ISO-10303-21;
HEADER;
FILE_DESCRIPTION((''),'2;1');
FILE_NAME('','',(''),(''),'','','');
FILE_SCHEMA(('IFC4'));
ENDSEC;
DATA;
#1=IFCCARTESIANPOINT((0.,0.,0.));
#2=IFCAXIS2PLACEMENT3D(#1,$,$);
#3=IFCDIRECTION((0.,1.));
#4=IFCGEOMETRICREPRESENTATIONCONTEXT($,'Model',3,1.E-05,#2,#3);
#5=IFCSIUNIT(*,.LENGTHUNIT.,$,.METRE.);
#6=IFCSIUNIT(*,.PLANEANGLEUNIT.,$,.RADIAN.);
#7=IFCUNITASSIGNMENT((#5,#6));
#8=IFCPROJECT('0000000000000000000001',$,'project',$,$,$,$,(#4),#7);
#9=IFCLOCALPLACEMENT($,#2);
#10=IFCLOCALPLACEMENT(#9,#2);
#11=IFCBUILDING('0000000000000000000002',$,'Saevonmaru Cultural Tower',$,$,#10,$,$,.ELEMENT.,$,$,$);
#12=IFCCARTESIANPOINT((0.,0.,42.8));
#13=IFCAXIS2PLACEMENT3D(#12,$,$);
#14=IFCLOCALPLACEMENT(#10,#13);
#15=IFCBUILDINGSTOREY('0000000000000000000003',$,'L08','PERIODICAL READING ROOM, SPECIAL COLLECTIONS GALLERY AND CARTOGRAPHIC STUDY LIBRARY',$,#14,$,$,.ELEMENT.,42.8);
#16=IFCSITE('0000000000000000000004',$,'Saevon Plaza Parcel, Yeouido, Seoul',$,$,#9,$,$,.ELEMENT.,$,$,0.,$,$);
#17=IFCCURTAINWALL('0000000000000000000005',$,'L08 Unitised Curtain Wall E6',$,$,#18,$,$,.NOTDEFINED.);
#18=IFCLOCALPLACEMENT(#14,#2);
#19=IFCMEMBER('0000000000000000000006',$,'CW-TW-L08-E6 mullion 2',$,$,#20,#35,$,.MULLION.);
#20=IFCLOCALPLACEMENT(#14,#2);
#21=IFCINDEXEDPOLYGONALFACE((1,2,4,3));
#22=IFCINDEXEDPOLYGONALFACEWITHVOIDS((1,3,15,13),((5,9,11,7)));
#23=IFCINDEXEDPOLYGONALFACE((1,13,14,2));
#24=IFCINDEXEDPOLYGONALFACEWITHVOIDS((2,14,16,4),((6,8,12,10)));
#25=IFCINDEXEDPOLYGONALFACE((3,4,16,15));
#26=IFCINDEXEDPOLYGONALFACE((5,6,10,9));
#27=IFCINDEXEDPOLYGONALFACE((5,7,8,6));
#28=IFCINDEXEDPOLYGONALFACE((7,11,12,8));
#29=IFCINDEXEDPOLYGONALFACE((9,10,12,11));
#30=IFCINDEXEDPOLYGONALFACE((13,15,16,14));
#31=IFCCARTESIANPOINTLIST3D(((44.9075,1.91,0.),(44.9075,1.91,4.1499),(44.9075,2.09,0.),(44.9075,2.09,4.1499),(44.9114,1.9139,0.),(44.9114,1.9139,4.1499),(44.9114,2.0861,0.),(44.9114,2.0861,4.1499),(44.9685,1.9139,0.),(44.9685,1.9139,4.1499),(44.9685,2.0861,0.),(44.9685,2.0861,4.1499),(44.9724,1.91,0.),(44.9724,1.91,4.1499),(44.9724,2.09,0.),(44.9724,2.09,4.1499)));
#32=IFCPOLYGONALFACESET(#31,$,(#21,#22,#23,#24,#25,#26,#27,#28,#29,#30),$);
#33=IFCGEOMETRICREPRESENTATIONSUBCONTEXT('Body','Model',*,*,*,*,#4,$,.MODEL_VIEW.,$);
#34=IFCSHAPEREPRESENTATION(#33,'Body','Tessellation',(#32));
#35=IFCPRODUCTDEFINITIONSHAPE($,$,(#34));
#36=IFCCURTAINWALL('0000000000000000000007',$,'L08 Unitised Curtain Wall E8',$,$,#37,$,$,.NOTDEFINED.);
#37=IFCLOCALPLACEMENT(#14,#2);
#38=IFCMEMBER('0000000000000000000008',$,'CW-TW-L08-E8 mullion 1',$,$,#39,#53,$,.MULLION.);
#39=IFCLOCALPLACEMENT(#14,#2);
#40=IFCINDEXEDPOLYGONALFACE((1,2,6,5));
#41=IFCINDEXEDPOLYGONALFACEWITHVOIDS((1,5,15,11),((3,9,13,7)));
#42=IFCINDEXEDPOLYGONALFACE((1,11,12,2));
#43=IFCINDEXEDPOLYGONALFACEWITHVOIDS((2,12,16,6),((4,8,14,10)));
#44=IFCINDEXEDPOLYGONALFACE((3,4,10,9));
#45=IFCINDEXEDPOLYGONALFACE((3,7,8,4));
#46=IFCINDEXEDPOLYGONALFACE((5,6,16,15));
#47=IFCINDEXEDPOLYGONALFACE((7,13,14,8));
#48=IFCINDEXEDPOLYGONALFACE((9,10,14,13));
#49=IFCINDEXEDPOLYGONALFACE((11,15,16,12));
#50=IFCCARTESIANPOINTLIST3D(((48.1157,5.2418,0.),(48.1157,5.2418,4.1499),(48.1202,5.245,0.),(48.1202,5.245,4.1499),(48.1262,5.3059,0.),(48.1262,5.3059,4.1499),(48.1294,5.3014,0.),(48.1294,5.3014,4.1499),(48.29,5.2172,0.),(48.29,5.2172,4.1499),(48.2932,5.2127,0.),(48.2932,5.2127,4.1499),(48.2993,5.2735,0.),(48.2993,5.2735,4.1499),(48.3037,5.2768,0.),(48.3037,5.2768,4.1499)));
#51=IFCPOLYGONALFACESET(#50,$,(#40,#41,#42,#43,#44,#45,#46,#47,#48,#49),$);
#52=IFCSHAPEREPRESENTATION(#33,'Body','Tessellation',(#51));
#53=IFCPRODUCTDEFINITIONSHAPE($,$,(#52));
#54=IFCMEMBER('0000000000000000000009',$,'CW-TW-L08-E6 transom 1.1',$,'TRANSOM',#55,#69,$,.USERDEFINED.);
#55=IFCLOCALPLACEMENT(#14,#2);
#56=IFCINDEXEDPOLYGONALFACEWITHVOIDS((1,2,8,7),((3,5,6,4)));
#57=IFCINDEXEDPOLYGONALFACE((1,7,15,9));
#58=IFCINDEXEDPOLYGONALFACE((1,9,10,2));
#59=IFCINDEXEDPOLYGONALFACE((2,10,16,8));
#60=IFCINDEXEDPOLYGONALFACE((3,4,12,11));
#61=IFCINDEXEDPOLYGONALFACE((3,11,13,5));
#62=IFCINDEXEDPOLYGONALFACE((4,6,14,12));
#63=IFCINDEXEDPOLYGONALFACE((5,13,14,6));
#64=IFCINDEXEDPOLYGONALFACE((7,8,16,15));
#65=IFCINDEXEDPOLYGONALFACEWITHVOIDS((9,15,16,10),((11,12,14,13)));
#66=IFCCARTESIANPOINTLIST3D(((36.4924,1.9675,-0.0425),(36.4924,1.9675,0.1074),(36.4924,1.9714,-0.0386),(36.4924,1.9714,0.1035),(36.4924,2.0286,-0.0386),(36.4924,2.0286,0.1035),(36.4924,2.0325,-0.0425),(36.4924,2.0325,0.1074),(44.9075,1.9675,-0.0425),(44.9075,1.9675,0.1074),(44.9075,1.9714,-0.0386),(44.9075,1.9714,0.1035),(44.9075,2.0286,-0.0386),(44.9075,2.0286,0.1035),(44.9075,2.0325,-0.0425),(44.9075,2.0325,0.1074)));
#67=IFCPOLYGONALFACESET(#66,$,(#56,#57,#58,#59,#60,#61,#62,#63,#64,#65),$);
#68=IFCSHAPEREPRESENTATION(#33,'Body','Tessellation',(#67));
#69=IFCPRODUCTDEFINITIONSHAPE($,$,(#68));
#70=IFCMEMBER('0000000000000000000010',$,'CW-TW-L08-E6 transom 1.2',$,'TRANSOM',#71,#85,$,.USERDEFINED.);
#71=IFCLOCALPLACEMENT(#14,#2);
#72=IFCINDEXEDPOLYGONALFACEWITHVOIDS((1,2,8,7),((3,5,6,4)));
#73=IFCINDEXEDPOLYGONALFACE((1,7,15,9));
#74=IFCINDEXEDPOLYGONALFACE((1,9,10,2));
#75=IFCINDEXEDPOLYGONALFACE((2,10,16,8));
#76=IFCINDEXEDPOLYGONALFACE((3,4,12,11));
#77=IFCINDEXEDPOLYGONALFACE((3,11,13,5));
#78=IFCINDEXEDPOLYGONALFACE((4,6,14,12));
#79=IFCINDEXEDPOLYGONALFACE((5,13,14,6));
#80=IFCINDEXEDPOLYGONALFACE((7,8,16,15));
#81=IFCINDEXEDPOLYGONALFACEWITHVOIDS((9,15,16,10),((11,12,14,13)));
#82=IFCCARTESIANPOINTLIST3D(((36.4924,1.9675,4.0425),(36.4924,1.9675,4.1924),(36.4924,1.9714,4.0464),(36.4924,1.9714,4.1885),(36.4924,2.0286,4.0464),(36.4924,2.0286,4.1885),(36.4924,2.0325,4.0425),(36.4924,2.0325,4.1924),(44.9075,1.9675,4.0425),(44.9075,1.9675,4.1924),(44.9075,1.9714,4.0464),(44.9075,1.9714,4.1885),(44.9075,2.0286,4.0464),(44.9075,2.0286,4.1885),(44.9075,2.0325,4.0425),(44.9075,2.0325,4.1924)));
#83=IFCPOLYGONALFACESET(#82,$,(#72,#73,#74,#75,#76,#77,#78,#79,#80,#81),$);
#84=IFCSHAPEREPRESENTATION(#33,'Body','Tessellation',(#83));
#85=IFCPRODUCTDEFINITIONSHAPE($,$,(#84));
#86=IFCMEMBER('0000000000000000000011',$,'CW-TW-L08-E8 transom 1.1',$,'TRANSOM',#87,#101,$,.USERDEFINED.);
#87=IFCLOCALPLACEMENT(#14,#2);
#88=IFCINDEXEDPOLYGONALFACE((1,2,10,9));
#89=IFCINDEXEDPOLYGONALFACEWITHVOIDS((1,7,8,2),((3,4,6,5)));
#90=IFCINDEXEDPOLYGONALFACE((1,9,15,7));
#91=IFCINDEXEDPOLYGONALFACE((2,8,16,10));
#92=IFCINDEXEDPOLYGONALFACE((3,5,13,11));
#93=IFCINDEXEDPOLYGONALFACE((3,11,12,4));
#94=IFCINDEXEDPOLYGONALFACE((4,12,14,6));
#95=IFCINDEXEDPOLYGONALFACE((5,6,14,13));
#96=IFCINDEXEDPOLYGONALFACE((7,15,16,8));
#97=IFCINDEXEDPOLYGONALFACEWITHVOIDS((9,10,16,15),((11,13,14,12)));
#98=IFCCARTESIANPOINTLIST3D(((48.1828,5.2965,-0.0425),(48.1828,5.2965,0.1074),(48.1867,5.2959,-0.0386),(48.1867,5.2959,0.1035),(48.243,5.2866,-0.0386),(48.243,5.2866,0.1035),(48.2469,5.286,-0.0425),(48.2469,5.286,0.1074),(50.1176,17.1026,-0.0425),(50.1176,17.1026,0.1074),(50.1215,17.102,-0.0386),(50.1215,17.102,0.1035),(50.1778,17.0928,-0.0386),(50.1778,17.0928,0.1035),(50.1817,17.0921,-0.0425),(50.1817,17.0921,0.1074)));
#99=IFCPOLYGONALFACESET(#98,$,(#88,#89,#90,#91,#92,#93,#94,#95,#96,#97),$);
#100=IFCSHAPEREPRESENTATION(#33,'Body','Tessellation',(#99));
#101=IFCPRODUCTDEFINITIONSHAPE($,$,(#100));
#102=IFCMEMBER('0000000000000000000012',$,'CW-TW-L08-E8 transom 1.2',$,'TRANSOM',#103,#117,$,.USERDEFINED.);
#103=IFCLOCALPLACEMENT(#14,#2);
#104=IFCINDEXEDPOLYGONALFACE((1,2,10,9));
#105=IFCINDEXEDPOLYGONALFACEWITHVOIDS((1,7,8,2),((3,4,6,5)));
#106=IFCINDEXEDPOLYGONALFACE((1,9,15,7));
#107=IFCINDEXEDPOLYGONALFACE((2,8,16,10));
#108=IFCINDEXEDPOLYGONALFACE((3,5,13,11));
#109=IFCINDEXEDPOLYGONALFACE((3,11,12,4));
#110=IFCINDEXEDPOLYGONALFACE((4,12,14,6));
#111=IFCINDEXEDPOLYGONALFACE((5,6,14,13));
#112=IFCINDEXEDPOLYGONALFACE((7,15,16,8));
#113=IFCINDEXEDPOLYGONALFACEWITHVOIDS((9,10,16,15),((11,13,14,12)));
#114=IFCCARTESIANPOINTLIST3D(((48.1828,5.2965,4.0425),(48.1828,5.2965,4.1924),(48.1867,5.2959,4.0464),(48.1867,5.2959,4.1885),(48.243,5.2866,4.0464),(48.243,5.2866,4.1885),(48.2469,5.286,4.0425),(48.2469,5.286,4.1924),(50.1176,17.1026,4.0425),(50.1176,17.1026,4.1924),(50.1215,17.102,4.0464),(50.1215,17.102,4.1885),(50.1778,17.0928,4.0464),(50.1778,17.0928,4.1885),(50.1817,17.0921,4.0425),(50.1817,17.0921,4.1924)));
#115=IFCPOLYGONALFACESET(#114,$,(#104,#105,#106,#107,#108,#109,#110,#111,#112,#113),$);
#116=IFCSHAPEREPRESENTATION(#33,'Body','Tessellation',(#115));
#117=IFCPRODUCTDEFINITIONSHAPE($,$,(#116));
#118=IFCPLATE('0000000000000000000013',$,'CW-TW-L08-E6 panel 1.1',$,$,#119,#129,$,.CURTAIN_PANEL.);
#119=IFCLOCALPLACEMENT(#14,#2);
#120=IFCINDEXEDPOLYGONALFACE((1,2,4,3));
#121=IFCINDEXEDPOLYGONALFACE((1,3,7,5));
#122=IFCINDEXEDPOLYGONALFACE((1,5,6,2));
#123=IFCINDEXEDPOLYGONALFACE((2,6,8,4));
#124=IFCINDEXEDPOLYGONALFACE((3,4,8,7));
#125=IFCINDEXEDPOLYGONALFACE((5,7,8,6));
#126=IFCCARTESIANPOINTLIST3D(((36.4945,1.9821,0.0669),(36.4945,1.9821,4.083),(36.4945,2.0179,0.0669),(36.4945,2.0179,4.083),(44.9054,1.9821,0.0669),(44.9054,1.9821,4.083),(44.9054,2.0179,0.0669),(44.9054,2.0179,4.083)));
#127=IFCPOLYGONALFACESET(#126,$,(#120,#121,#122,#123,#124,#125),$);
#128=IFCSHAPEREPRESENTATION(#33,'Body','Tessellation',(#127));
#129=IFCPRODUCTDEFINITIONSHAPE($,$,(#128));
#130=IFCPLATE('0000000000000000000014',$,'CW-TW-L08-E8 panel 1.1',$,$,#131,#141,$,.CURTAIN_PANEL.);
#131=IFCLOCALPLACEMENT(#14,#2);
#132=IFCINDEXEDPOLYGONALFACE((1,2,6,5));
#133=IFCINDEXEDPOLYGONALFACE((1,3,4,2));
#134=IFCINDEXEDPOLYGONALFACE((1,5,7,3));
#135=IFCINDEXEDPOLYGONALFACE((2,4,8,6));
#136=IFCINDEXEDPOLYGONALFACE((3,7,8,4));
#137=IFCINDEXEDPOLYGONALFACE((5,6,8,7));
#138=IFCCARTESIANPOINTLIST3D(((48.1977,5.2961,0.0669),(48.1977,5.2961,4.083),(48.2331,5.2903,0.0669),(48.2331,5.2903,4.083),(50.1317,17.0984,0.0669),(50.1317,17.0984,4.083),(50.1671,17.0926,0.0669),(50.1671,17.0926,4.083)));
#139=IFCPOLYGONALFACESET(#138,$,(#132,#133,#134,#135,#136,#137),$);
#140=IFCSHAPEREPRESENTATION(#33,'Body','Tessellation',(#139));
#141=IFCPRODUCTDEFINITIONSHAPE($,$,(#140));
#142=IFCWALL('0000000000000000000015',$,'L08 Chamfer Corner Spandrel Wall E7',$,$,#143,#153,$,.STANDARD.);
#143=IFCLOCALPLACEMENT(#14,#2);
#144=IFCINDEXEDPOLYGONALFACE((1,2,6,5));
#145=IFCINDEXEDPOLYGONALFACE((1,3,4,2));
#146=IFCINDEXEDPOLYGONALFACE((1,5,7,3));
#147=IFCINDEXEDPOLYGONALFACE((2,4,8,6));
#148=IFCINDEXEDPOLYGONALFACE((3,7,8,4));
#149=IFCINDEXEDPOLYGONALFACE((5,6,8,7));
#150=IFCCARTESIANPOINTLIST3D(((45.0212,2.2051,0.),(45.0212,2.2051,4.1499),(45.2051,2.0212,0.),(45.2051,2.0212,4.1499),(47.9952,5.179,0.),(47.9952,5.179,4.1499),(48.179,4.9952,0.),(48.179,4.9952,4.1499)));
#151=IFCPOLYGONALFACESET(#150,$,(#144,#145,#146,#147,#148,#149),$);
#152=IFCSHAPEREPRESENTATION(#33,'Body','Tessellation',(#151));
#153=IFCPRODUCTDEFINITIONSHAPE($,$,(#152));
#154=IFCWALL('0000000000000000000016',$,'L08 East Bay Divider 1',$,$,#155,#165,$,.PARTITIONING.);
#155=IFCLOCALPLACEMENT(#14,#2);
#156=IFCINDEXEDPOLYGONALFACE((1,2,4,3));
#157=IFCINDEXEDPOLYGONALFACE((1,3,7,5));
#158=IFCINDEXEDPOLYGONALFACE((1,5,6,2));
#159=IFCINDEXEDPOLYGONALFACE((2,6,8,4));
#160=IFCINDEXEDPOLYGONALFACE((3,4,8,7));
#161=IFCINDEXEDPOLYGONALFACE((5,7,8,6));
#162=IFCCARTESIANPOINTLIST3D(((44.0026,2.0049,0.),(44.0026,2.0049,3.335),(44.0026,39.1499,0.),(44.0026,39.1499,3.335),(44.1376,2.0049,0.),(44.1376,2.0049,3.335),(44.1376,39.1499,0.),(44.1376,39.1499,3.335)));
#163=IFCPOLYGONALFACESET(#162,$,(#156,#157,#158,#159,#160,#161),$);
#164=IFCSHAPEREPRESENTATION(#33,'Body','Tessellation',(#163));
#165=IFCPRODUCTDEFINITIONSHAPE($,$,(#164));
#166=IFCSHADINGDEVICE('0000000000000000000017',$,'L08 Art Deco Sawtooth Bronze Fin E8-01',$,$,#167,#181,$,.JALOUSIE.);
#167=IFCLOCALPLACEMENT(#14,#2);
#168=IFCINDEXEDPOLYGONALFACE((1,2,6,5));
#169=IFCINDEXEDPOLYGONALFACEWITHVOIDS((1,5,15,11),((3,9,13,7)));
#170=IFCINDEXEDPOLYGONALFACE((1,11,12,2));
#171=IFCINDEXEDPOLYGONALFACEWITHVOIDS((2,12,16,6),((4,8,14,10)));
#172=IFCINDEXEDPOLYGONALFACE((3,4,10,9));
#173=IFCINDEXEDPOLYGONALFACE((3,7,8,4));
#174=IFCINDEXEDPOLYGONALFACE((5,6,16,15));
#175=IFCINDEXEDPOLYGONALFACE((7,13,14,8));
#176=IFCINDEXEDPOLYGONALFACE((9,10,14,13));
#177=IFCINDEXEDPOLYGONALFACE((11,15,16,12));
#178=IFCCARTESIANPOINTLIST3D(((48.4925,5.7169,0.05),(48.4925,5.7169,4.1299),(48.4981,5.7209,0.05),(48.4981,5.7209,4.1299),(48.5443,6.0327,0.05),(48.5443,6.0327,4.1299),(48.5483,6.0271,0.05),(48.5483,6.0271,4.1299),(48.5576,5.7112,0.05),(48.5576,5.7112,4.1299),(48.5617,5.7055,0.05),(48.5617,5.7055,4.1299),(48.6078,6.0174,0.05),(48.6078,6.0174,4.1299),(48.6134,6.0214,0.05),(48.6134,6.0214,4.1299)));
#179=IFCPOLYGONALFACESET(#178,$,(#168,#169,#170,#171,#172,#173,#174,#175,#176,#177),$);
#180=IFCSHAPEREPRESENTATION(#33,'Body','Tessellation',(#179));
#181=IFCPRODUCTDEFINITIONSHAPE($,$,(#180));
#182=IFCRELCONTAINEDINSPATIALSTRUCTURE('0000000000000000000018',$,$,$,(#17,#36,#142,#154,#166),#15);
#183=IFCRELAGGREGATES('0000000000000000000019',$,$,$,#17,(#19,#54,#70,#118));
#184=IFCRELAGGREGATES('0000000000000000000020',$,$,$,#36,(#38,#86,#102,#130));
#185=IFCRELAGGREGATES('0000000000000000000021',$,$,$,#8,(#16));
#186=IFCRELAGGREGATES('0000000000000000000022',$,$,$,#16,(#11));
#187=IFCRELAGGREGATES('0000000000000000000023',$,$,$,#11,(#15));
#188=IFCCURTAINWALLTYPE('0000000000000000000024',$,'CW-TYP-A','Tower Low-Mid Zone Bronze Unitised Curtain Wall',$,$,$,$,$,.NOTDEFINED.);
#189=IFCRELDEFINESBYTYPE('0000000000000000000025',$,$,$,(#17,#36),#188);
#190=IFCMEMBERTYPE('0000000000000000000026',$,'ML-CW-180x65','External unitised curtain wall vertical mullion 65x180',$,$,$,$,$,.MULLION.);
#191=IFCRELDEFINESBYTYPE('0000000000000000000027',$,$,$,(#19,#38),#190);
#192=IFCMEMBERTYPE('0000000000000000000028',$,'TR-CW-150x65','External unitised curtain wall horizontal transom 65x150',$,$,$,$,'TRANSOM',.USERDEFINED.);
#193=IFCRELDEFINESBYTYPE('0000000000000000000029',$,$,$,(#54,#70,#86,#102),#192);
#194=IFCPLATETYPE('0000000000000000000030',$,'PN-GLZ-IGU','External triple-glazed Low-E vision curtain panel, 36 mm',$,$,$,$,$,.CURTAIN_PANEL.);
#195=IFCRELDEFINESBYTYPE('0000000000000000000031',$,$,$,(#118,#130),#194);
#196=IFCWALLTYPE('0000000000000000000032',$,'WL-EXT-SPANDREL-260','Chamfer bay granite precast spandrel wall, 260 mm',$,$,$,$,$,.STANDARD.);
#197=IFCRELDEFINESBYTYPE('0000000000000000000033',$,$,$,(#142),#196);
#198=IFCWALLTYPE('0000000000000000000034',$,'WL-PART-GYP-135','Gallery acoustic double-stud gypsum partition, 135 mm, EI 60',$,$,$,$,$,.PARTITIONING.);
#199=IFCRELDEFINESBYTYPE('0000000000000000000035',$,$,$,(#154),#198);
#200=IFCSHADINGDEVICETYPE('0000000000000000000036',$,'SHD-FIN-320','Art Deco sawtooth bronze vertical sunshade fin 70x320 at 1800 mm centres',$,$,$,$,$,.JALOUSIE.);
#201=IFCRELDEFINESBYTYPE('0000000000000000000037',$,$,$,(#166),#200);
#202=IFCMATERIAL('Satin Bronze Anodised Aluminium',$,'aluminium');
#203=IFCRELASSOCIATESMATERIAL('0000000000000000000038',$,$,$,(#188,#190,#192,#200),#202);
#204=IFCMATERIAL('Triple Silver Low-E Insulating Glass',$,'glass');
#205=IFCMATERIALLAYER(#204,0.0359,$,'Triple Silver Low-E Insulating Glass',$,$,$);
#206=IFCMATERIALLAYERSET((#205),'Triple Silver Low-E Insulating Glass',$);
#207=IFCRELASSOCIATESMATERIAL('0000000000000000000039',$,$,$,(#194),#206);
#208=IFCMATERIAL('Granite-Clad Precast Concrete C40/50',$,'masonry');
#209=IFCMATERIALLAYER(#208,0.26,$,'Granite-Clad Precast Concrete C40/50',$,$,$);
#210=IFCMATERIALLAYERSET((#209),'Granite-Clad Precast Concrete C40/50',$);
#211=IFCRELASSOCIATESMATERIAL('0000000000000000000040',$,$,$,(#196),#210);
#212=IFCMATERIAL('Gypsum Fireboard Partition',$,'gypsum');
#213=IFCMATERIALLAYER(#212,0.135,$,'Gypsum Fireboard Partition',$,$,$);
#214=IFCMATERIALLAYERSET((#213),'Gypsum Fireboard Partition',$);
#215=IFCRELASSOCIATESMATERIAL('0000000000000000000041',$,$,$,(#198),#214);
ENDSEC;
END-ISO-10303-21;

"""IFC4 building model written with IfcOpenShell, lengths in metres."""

from ifc_helpers import new_model, si_unit, direction, frame, frame_2d, origin, origin_2d, place, context, subcontext, project, spatial, rectangle, hollow_rectangle, extrude, material, layer, layer_set, material_profile, profile_set, type_object, element, aggregate, save


model = new_model("IFC4")

# Units and contexts
model_context = context("Model", 3, precision=1e-05, world=origin(), true_north=direction((0.0, 1.0)))
body_context = subcontext(model_context, "Body", "Model", "MODEL_VIEW")
ifc_project = project(units=[si_unit("LENGTHUNIT", "METRE"), si_unit("PLANEANGLEUNIT", "RADIAN")], contexts=[model_context])

# Site, building, storey
site_placement = place(None, origin())
site = spatial("IfcSite", under=ifc_project, at=site_placement, Name="Saevon Plaza Parcel, Yeouido, Seoul", CompositionType="ELEMENT", RefElevation=0.0)
building_placement = place(site_placement, origin())
building = spatial("IfcBuilding", under=site, at=building_placement, Name="Saevonmaru Cultural Tower", CompositionType="ELEMENT")
storey_placement = place(building_placement, frame((0.0, 0.0, 42.8)))
storey = spatial("IfcBuildingStorey", under=building, at=storey_placement, Name="L08", Description="PERIODICAL READING ROOM, SPECIAL COLLECTIONS GALLERY AND CARTOGRAPHIC STUDY LIBRARY", CompositionType="ELEMENT", Elevation=42.8)

# Curtain walls, members
ifc_material_1 = material(Name="Satin Bronze Anodised Aluminium", Category="aluminium")
curtain_wall_type = type_object("IfcCurtainWallType", Name="CW-TYP-A", Description="Tower Low-Mid Zone Bronze Unitised Curtain Wall", PredefinedType="NOTDEFINED", material=ifc_material_1)
curtain_wall_1_placement = place(storey_placement, origin())
curtain_wall_1 = element("IfcCurtainWall", 1, at=curtain_wall_1_placement, inside=storey, type_object=curtain_wall_type, Name="L08 Unitised Curtain Wall E6", PredefinedType="NOTDEFINED")
ifc_material_profile_1 = material_profile(ifc_material_1, hollow_rectangle(XDim=0.0649, YDim=0.1799, WallThickness=0.0039, at=origin_2d()), Name="ALU-MULL-180x65x4")
ifc_profile_set_1 = profile_set([ifc_material_profile_1], Name="Satin Bronze Anodised Aluminium")
member_type_1 = type_object("IfcMemberType", Name="ML-CW-180x65", Description="External unitised curtain wall vertical mullion 65x180", PredefinedType="MULLION", material=ifc_profile_set_1)
member_1_placement = place(storey_placement, frame((44.9399, 2.0, 0.0), z_axis=(0.0, 0.0, 1.0), x_axis=(1.0, 0.0, 0.0)))
member_1 = element("IfcMember", 2, at=member_1_placement, type_object=member_type_1, Name="CW-TW-L08-E6 mullion 2", PredefinedType="MULLION", context=body_context, shape_type="SweptSolid", body=[
    extrude(hollow_rectangle(XDim=0.0649, YDim=0.1799, WallThickness=0.0039, at=origin_2d()), origin(), (0.0, 0.0, 1.0), 4.1499),
])
curtain_wall_2_placement = place(storey_placement, origin())
curtain_wall_2 = element("IfcCurtainWall", 3, at=curtain_wall_2_placement, inside=storey, type_object=curtain_wall_type, Name="L08 Unitised Curtain Wall E8", PredefinedType="NOTDEFINED")
member_2_placement = place(storey_placement, frame((48.2097, 5.2593, 0.0), z_axis=(0.0, 0.0, 1.0), x_axis=(0.161709, 0.986839, 0.0)))
member_2 = element("IfcMember", 4, at=member_2_placement, type_object=member_type_1, Name="CW-TW-L08-E8 mullion 1", PredefinedType="MULLION", context=body_context, shape_type="SweptSolid", body=[
    extrude(hollow_rectangle(XDim=0.0649, YDim=0.1799, WallThickness=0.0039, at=origin_2d()), origin(), (0.0, 0.0, 1.0), 4.1499),
])

# Members
ifc_material_profile_2 = material_profile(ifc_material_1, hollow_rectangle(XDim=0.0649, YDim=0.1499, WallThickness=0.0039, at=origin_2d()), Name="ALU-TRAN-150x65x4")
ifc_profile_set_2 = profile_set([ifc_material_profile_2], Name="Satin Bronze Anodised Aluminium")
member_type_2 = type_object("IfcMemberType", Name="TR-CW-150x65", Description="External unitised curtain wall horizontal transom 65x150", ElementType="TRANSOM", PredefinedType="USERDEFINED", material=ifc_profile_set_2)
member_3_placement = place(storey_placement, frame((36.4924, 2.0, 0.0325), z_axis=(1.0, 0.0, 0.0), x_axis=(0.0, 1.0, 0.0)))
member_3 = element("IfcMember", 5, at=member_3_placement, type_object=member_type_2, Name="CW-TW-L08-E6 transom 1.1", ObjectType="TRANSOM", PredefinedType="USERDEFINED", context=body_context, shape_type="SweptSolid", body=[
    extrude(hollow_rectangle(XDim=0.0649, YDim=0.1499, WallThickness=0.0039, at=origin_2d()), origin(), (0.0, 0.0, 1.0), 8.415),
])
member_4_placement = place(storey_placement, frame((36.4924, 2.0, 4.1174), z_axis=(1.0, 0.0, 0.0), x_axis=(0.0, 1.0, 0.0)))
member_4 = element("IfcMember", 6, at=member_4_placement, type_object=member_type_2, Name="CW-TW-L08-E6 transom 1.2", ObjectType="TRANSOM", PredefinedType="USERDEFINED", context=body_context, shape_type="SweptSolid", body=[
    extrude(hollow_rectangle(XDim=0.0649, YDim=0.1499, WallThickness=0.0039, at=origin_2d()), origin(), (0.0, 0.0, 1.0), 8.415),
])
member_5_placement = place(storey_placement, frame((48.2148, 5.2913, 0.0325), z_axis=(0.161725, 0.986836, 0.0), x_axis=(-0.986836, 0.161725, 0.0)))
member_5 = element("IfcMember", 7, at=member_5_placement, type_object=member_type_2, Name="CW-TW-L08-E8 transom 1.1", ObjectType="TRANSOM", PredefinedType="USERDEFINED", context=body_context, shape_type="SweptSolid", body=[
    extrude(hollow_rectangle(XDim=0.0649, YDim=0.1499, WallThickness=0.0039, at=origin_2d()), origin(), (0.0, 0.0, 1.0), 11.9636),
])
member_6_placement = place(storey_placement, frame((48.2148, 5.2913, 4.1174), z_axis=(0.161725, 0.986836, 0.0), x_axis=(-0.986836, 0.161725, 0.0)))
member_6 = element("IfcMember", 8, at=member_6_placement, type_object=member_type_2, Name="CW-TW-L08-E8 transom 1.2", ObjectType="TRANSOM", PredefinedType="USERDEFINED", context=body_context, shape_type="SweptSolid", body=[
    extrude(hollow_rectangle(XDim=0.0649, YDim=0.1499, WallThickness=0.0039, at=origin_2d()), origin(), (0.0, 0.0, 1.0), 11.9636),
])

# Plates
ifc_material_2 = material(Name="Triple Silver Low-E Insulating Glass", Category="glass")
ifc_layer_1 = layer(ifc_material_2, 0.0359, Name="Triple Silver Low-E Insulating Glass")
ifc_layer_set_1 = layer_set([ifc_layer_1], Name="Triple Silver Low-E Insulating Glass")
plate_type = type_object("IfcPlateType", Name="PN-GLZ-IGU", Description="External triple-glazed Low-E vision curtain panel, 36 mm", PredefinedType="CURTAIN_PANEL", material=ifc_layer_set_1)
plate_1_placement = place(storey_placement, frame((40.7, 2.0, 0.0669), z_axis=(0.0, 0.0, 1.0), x_axis=(1.0, 0.0, 0.0)))
plate_1 = element("IfcPlate", 9, at=plate_1_placement, type_object=plate_type, Name="CW-TW-L08-E6 panel 1.1", PredefinedType="CURTAIN_PANEL", context=body_context, shape_type="SweptSolid", body=[
    extrude(rectangle(XDim=8.4109, YDim=0.0359, at=origin_2d()), origin(), (0.0, 0.0, 1.0), 4.0161),
])
aggregate(curtain_wall_1, [member_1, member_3, member_4, plate_1])
plate_2_placement = place(storey_placement, frame((49.1824, 11.1943, 0.0669), z_axis=(0.0, 0.0, 1.0), x_axis=(0.161709, 0.986839, 0.0)))
plate_2 = element("IfcPlate", 10, at=plate_2_placement, type_object=plate_type, Name="CW-TW-L08-E8 panel 1.1", PredefinedType="CURTAIN_PANEL", context=body_context, shape_type="SweptSolid", body=[
    extrude(rectangle(XDim=11.9597, YDim=0.0359, at=origin_2d()), origin(), (0.0, 0.0, 1.0), 4.0161),
])
aggregate(curtain_wall_2, [member_2, member_5, member_6, plate_2])

# Walls
ifc_material_3 = material(Name="Granite-Clad Precast Concrete C40/50", Category="masonry")
ifc_layer_2 = layer(ifc_material_3, 0.26, Name="Granite-Clad Precast Concrete C40/50")
ifc_layer_set_2 = layer_set([ifc_layer_2], Name="Granite-Clad Precast Concrete C40/50")
wall_type_1 = type_object("IfcWallType", Name="WL-EXT-SPANDREL-260", Description="Chamfer bay granite precast spandrel wall, 260 mm", PredefinedType="STANDARD", material=ifc_layer_set_2)
wall_1_placement = place(storey_placement, frame((45.113, 2.113, 0.0), z_axis=(0.0, 0.0, 1.0), x_axis=(0.707107, 0.707107, 0.0)))
element("IfcWall", 11, at=wall_1_placement, inside=storey, type_object=wall_type_1, Name="L08 Chamfer Corner Spandrel Wall E7", PredefinedType="STANDARD", context=body_context, shape_type="SweptSolid", body=[
    extrude(rectangle(XDim=4.2058, YDim=0.26, at=frame_2d((2.103, 0.0))), origin(), (0.0, 0.0, 1.0), 4.1499),
])
ifc_material_4 = material(Name="Gypsum Fireboard Partition", Category="gypsum")
ifc_layer_3 = layer(ifc_material_4, 0.135, Name="Gypsum Fireboard Partition")
ifc_layer_set_3 = layer_set([ifc_layer_3], Name="Gypsum Fireboard Partition")
wall_type_2 = type_object("IfcWallType", Name="WL-PART-GYP-135", Description="Gallery acoustic double-stud gypsum partition, 135 mm, EI 60", PredefinedType="PARTITIONING", material=ifc_layer_set_3)
wall_2_placement = place(storey_placement, frame((44.0701, 2.0049, 0.0), z_axis=(0.0, 0.0, 1.0), x_axis=(0.0, 1.0, 0.0)))
element("IfcWall", 12, at=wall_2_placement, inside=storey, type_object=wall_type_2, Name="L08 East Bay Divider 1", PredefinedType="PARTITIONING", context=body_context, shape_type="SweptSolid", body=[
    extrude(rectangle(XDim=37.145, YDim=0.135, at=frame_2d((18.5725, 0.0))), origin(), (0.0, 0.0, 1.0), 3.335),
])

# Shading device
ifc_material_profile_3 = material_profile(ifc_material_1, hollow_rectangle(XDim=0.0701, YDim=0.3201, WallThickness=0.0049, at=origin_2d()), Name="FIN-320x70")
ifc_profile_set_3 = profile_set([ifc_material_profile_3], Name="Satin Bronze Anodised Aluminium")
shading_device_type = type_object("IfcShadingDeviceType", Name="SHD-FIN-320", Description="Art Deco sawtooth bronze vertical sunshade fin 70x320 at 1800 mm centres", PredefinedType="JALOUSIE", material=ifc_profile_set_3)
for number, where, z_axis, x_axis, name in (
    (13, (48.553, 5.8691, 0.05), (0.0, 0.0, 1.0), (0.986827, -0.161776, 0.0), "L08 Art Deco Sawtooth Bronze Fin E8-01"),
):
    element("IfcShadingDevice", number, at=place(storey_placement, frame(where, z_axis=z_axis, x_axis=x_axis)), inside=storey, type_object=shading_device_type, Name=name, PredefinedType="JALOUSIE", context=body_context, shape_type="SweptSolid", body=[
        extrude(hollow_rectangle(XDim=0.0701, YDim=0.3201, WallThickness=0.0049, at=origin_2d()), origin(), (0.0, 0.0, 1.0), 4.0798),
    ])

save(model, "model.ifc")
